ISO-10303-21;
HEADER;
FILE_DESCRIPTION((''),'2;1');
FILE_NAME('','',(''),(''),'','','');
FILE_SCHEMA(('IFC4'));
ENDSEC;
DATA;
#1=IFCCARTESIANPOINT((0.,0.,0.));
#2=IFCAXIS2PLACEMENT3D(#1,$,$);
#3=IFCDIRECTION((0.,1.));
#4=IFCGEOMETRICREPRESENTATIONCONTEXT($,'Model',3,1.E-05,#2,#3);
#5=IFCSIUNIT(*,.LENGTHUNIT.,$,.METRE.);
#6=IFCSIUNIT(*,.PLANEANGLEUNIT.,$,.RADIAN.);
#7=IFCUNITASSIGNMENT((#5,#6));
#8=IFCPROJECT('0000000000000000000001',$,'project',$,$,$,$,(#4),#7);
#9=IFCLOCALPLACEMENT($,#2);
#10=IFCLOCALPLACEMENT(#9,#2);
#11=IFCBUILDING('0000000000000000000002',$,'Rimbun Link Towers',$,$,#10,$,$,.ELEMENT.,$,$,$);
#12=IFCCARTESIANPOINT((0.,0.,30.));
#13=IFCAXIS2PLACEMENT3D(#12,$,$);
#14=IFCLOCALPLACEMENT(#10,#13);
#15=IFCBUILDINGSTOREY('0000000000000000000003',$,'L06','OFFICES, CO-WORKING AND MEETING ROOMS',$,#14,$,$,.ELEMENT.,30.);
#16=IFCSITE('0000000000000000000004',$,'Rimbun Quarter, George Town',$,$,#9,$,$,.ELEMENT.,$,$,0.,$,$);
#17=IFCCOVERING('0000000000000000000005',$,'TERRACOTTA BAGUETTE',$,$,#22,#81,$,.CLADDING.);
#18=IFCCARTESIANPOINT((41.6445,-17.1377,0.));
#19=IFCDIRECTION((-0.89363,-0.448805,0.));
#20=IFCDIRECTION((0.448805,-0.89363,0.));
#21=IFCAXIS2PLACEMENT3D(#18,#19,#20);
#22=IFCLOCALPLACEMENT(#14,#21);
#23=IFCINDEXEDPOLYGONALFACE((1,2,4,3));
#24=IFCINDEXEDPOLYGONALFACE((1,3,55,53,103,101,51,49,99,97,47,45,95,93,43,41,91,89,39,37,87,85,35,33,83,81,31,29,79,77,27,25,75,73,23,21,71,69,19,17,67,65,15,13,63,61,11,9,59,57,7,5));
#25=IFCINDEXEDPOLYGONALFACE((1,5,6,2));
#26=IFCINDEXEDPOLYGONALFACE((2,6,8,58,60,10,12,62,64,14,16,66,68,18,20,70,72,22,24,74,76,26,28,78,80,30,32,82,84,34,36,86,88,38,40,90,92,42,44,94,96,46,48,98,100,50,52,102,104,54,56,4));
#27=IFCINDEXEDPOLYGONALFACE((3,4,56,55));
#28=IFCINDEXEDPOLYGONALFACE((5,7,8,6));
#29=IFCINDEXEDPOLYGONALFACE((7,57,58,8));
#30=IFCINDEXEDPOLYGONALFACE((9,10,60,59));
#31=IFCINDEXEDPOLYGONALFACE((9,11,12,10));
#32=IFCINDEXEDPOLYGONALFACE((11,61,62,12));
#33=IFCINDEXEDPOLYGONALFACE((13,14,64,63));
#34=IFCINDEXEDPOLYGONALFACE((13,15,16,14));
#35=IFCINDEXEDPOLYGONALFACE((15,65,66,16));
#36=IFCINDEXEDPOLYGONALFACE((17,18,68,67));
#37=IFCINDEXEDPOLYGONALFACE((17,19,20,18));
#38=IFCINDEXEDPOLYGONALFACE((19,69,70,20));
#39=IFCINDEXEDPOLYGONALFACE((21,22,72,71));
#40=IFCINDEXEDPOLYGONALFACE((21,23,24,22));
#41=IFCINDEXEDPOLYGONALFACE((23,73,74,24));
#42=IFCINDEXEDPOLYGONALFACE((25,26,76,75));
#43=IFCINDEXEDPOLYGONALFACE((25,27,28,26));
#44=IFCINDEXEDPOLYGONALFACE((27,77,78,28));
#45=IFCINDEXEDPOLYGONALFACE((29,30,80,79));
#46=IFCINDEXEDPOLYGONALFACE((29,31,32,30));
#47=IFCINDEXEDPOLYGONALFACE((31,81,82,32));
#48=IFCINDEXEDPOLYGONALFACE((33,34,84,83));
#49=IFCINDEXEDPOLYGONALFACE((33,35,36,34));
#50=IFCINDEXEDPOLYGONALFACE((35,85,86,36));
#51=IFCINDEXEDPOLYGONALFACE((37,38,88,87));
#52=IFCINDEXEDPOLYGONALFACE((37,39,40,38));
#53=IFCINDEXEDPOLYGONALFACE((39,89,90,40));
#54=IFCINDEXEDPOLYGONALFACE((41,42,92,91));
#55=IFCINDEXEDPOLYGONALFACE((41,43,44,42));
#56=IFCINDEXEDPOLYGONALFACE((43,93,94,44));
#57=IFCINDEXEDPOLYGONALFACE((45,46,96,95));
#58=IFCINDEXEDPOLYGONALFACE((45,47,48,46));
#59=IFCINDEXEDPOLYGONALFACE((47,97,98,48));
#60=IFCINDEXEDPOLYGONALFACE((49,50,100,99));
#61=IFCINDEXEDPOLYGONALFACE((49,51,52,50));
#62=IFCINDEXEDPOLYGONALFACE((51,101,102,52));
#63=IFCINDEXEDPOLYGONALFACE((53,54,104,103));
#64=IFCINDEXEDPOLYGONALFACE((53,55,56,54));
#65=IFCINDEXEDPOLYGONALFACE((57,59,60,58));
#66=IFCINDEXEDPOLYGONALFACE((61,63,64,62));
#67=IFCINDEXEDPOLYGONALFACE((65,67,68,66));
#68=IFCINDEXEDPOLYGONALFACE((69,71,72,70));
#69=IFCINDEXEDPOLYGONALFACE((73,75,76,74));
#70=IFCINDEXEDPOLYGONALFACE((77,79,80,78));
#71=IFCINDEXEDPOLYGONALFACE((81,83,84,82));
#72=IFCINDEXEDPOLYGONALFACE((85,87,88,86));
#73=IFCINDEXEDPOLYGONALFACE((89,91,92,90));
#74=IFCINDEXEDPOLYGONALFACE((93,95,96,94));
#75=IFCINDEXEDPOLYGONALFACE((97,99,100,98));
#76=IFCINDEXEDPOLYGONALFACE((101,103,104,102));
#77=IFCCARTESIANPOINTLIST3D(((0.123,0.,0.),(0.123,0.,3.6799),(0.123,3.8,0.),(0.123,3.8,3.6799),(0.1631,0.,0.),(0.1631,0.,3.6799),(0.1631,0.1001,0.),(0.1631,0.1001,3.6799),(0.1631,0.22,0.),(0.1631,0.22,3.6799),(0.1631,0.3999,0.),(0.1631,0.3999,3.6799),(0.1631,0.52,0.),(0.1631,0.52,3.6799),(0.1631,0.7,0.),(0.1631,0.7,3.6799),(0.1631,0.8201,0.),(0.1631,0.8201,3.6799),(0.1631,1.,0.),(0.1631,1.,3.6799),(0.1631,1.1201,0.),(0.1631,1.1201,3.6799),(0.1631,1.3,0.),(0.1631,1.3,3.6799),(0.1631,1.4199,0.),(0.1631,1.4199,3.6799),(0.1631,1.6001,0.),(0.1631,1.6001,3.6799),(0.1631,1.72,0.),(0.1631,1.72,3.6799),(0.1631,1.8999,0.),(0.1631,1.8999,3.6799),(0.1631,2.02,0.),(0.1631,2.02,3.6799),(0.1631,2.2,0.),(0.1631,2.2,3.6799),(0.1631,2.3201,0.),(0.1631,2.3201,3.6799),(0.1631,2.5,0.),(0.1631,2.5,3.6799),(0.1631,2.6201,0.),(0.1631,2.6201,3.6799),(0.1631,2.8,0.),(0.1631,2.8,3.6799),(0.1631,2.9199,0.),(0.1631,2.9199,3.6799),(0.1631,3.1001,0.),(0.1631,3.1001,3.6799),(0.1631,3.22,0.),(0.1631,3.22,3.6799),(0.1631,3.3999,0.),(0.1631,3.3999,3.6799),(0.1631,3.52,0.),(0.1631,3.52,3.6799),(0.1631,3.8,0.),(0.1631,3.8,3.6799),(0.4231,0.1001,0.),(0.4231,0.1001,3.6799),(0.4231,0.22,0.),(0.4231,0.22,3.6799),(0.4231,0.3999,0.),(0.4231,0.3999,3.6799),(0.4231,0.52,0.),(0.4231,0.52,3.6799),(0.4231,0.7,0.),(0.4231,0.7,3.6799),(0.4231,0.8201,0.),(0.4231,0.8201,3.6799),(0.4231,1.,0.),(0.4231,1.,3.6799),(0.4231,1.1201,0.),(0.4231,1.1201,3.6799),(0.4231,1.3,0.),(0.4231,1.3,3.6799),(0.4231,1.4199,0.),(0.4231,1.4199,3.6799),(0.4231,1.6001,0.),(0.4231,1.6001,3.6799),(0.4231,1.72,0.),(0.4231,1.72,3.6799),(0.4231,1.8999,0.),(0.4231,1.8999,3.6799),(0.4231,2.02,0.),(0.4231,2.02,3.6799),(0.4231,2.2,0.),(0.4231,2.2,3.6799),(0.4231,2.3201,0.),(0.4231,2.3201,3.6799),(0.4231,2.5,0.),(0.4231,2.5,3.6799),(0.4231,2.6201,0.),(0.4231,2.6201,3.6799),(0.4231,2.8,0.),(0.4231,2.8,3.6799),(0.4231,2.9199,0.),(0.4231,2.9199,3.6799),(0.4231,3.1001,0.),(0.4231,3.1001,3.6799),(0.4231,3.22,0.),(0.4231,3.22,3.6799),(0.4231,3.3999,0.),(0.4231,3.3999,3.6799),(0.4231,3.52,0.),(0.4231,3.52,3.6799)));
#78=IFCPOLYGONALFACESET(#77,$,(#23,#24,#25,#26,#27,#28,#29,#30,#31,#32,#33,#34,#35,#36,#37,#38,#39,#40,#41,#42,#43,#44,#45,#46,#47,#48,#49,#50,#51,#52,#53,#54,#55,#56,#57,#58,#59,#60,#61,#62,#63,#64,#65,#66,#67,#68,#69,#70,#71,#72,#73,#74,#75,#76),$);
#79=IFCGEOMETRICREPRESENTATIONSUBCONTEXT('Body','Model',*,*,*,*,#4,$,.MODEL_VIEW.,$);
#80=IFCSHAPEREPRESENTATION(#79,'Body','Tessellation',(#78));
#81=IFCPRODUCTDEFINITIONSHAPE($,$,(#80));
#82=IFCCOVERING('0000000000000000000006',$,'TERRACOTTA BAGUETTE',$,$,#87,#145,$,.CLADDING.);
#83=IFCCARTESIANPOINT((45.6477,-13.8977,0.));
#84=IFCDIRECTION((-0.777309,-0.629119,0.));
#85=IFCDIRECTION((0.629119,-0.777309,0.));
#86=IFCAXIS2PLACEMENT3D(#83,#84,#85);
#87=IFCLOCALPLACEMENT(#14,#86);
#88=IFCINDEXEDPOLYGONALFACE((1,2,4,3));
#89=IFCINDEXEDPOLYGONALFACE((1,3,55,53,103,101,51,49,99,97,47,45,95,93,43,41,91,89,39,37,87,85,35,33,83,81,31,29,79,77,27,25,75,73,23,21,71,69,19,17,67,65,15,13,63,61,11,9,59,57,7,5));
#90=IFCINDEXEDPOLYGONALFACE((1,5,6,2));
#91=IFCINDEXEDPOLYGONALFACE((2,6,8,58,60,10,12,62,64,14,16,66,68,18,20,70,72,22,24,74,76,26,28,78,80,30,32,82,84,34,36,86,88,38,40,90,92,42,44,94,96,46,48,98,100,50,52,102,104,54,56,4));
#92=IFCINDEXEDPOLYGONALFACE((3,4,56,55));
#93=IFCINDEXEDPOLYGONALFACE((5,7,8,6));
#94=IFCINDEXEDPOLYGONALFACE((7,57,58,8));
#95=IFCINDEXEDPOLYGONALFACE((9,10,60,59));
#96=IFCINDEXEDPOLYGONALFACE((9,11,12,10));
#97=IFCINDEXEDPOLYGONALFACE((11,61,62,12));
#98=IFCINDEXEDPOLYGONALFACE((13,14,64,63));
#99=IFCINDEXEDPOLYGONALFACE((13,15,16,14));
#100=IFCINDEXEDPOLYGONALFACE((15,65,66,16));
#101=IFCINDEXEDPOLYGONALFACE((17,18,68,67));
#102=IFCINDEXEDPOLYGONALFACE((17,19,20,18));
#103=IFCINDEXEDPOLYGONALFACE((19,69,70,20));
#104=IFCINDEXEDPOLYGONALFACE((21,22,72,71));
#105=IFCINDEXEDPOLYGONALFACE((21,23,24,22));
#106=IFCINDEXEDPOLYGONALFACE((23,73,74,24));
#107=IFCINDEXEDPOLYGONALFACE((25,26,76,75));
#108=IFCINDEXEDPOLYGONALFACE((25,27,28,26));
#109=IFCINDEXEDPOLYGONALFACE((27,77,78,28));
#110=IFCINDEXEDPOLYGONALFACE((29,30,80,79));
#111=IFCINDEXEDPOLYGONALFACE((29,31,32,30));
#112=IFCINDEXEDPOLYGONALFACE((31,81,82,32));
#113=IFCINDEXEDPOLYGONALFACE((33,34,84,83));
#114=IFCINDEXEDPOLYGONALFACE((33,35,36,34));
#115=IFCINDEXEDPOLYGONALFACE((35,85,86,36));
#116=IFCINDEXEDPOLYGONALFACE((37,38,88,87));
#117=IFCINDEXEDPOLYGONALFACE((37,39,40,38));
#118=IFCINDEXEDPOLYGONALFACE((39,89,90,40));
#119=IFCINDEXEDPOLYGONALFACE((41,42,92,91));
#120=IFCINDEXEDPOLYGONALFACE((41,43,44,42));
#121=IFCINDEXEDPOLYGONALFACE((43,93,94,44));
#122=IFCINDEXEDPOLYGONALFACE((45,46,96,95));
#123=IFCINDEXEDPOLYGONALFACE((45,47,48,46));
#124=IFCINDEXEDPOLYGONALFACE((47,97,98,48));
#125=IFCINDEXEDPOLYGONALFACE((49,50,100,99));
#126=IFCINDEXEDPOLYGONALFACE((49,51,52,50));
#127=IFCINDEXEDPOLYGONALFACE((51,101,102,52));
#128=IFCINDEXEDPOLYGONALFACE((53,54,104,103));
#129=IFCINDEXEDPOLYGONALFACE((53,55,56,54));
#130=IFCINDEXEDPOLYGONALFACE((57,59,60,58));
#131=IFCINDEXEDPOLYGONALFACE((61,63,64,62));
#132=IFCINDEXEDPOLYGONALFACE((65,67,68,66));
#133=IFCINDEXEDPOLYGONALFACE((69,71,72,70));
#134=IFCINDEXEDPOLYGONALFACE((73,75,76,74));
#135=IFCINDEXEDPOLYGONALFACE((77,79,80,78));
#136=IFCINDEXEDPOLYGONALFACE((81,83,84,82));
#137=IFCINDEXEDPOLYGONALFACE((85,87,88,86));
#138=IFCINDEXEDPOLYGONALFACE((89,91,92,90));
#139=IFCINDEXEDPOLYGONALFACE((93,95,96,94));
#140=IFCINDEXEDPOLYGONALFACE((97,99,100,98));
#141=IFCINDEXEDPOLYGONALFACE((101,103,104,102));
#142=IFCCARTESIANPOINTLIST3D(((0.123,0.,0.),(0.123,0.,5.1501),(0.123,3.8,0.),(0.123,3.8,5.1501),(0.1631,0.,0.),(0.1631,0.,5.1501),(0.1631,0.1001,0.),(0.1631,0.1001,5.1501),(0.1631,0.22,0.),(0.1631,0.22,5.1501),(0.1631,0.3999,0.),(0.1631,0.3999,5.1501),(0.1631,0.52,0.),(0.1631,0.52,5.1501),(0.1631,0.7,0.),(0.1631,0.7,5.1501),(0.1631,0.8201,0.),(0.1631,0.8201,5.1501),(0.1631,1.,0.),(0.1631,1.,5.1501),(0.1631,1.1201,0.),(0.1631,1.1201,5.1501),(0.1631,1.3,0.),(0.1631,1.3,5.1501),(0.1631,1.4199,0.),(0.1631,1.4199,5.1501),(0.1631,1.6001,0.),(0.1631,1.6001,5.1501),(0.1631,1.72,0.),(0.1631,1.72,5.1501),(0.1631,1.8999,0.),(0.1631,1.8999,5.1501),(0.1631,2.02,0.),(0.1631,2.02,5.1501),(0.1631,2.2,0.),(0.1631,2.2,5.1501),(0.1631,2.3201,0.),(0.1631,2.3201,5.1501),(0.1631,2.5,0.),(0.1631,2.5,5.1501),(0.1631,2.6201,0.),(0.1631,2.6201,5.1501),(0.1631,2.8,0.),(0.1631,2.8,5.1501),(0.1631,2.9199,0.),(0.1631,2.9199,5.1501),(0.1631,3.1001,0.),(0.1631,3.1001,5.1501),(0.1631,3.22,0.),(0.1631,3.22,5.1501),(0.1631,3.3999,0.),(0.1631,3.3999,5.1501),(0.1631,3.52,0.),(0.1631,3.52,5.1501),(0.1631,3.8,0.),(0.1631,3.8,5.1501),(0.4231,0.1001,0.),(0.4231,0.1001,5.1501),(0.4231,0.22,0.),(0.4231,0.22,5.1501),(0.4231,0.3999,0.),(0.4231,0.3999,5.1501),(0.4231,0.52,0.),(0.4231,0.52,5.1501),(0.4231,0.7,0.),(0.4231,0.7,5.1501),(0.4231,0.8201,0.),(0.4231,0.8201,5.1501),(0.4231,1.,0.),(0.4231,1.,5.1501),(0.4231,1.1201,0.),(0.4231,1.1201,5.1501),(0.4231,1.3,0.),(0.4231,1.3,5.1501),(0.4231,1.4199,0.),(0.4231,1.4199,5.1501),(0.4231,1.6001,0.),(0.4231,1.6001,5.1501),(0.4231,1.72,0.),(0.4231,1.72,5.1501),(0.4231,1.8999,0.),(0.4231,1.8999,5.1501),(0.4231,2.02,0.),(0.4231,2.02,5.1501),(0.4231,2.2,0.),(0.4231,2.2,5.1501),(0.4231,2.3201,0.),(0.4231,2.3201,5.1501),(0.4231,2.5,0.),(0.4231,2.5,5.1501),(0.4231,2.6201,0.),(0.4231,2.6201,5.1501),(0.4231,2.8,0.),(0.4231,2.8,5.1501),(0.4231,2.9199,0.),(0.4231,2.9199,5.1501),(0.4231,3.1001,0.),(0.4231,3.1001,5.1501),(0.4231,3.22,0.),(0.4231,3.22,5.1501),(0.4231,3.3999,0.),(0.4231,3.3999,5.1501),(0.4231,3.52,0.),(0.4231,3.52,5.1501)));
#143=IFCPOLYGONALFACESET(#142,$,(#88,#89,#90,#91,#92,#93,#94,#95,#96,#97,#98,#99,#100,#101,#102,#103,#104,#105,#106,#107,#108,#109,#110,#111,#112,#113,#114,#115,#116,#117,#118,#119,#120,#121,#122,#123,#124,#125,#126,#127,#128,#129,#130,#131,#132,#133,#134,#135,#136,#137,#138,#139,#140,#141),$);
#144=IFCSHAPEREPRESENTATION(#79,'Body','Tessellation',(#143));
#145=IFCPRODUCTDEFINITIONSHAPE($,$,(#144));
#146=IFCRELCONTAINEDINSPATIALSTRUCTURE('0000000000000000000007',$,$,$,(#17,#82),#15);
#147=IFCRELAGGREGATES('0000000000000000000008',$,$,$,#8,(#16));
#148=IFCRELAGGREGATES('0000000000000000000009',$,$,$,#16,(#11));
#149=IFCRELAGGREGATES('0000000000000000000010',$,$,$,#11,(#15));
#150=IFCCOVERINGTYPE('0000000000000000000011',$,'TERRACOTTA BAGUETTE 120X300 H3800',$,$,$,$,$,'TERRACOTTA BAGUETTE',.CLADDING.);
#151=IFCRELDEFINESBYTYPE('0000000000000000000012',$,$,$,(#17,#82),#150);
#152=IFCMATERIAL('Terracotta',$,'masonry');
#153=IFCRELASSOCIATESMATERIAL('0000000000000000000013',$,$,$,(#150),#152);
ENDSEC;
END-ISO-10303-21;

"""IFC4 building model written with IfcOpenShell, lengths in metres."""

from ifc_helpers import new_model, si_unit, direction, frame, origin, place, context, subcontext, project, spatial, polyline, outline, extrude, material, material_profile, profile_set, type_object, element, save


model = new_model("IFC4")

# Units and contexts
model_context = context("Model", 3, precision=1e-05, world=origin(), true_north=direction((0.0, 1.0)))
body_context = subcontext(model_context, "Body", "Model", "MODEL_VIEW")
ifc_project = project(units=[si_unit("LENGTHUNIT", "METRE"), si_unit("PLANEANGLEUNIT", "RADIAN")], contexts=[model_context])

# Site, building, storey
site_placement = place(None, origin())
site = spatial("IfcSite", under=ifc_project, at=site_placement, Name="Rimbun Quarter, George Town", CompositionType="ELEMENT", RefElevation=0.0)
building_placement = place(site_placement, origin())
building = spatial("IfcBuilding", under=site, at=building_placement, Name="Rimbun Link Towers", CompositionType="ELEMENT")
storey_placement = place(building_placement, frame((0.0, 0.0, 30.0)))
storey = spatial("IfcBuildingStorey", under=building, at=storey_placement, Name="L06", Description="OFFICES, CO-WORKING AND MEETING ROOMS", CompositionType="ELEMENT", Elevation=30.0)

# Coverings
ifc_material_1 = material(Name="Terracotta", Category="masonry")
ifc_material_profile_1 = material_profile(ifc_material_1, outline(polyline([(0.123, 0.0), (0.1631, 0.0), (0.1631, 0.1001), (0.4231, 0.1001), (0.4231, 0.22), (0.1631, 0.22), (0.1631, 0.3999), (0.4231, 0.3999), (0.4231, 0.52), (0.1631, 0.52), (0.1631, 0.7), (0.4231, 0.7), (0.4231, 0.8201), (0.1631, 0.8201), (0.1631, 1.0), (0.4231, 1.0), (0.4231, 1.1201), (0.1631, 1.1201), (0.1631, 1.3), (0.4231, 1.3), (0.4231, 1.4199), (0.1631, 1.4199), (0.1631, 1.6001), (0.4231, 1.6001), (0.4231, 1.72), (0.1631, 1.72), (0.1631, 1.8999), (0.4231, 1.8999), (0.4231, 2.02), (0.1631, 2.02), (0.1631, 2.2), (0.4231, 2.2), (0.4231, 2.3201), (0.1631, 2.3201), (0.1631, 2.5), (0.4231, 2.5), (0.4231, 2.6201), (0.1631, 2.6201), (0.1631, 2.8), (0.4231, 2.8), (0.4231, 2.9199), (0.1631, 2.9199), (0.1631, 3.1001), (0.4231, 3.1001), (0.4231, 3.22), (0.1631, 3.22), (0.1631, 3.3999), (0.4231, 3.3999), (0.4231, 3.52), (0.1631, 3.52), (0.1631, 3.8), (0.123, 3.8), (0.123, 0.0)])), Name="BAGUETTE 120X300")
ifc_profile_set_1 = profile_set([ifc_material_profile_1], Name="Terracotta")
covering_type = type_object("IfcCoveringType", Name="TERRACOTTA BAGUETTE 120X300 H3800", ElementType="TERRACOTTA BAGUETTE", PredefinedType="CLADDING", material=ifc_profile_set_1)
covering_1_placement = place(storey_placement, frame((41.6445, -17.1377, 0.0), z_axis=(-0.89363, -0.448805, 0.0), x_axis=(0.448805, -0.89363, 0.0)))
element("IfcCovering", 1, at=covering_1_placement, inside=storey, type_object=covering_type, Name="TERRACOTTA BAGUETTE", PredefinedType="CLADDING", context=body_context, shape_type="SweptSolid", body=[
    extrude(outline(polyline([(0.123, 0.0), (0.1631, 0.0), (0.1631, 0.1001), (0.4231, 0.1001), (0.4231, 0.22), (0.1631, 0.22), (0.1631, 0.3999), (0.4231, 0.3999), (0.4231, 0.52), (0.1631, 0.52), (0.1631, 0.7), (0.4231, 0.7), (0.4231, 0.8201), (0.1631, 0.8201), (0.1631, 1.0), (0.4231, 1.0), (0.4231, 1.1201), (0.1631, 1.1201), (0.1631, 1.3), (0.4231, 1.3), (0.4231, 1.4199), (0.1631, 1.4199), (0.1631, 1.6001), (0.4231, 1.6001), (0.4231, 1.72), (0.1631, 1.72), (0.1631, 1.8999), (0.4231, 1.8999), (0.4231, 2.02), (0.1631, 2.02), (0.1631, 2.2), (0.4231, 2.2), (0.4231, 2.3201), (0.1631, 2.3201), (0.1631, 2.5), (0.4231, 2.5), (0.4231, 2.6201), (0.1631, 2.6201), (0.1631, 2.8), (0.4231, 2.8), (0.4231, 2.9199), (0.1631, 2.9199), (0.1631, 3.1001), (0.4231, 3.1001), (0.4231, 3.22), (0.1631, 3.22), (0.1631, 3.3999), (0.4231, 3.3999), (0.4231, 3.52), (0.1631, 3.52), (0.1631, 3.8), (0.123, 3.8), (0.123, 0.0)])), origin(), (0.0, 0.0, 1.0), 3.6799),
])
covering_2_placement = place(storey_placement, frame((45.6477, -13.8977, 0.0), z_axis=(-0.777309, -0.629119, 0.0), x_axis=(0.629119, -0.777309, 0.0)))
element("IfcCovering", 2, at=covering_2_placement, inside=storey, type_object=covering_type, Name="TERRACOTTA BAGUETTE", PredefinedType="CLADDING", context=body_context, shape_type="SweptSolid", body=[
    extrude(outline(polyline([(0.123, 0.0), (0.1631, 0.0), (0.1631, 0.1001), (0.4231, 0.1001), (0.4231, 0.22), (0.1631, 0.22), (0.1631, 0.3999), (0.4231, 0.3999), (0.4231, 0.52), (0.1631, 0.52), (0.1631, 0.7), (0.4231, 0.7), (0.4231, 0.8201), (0.1631, 0.8201), (0.1631, 1.0), (0.4231, 1.0), (0.4231, 1.1201), (0.1631, 1.1201), (0.1631, 1.3), (0.4231, 1.3), (0.4231, 1.4199), (0.1631, 1.4199), (0.1631, 1.6001), (0.4231, 1.6001), (0.4231, 1.72), (0.1631, 1.72), (0.1631, 1.8999), (0.4231, 1.8999), (0.4231, 2.02), (0.1631, 2.02), (0.1631, 2.2), (0.4231, 2.2), (0.4231, 2.3201), (0.1631, 2.3201), (0.1631, 2.5), (0.4231, 2.5), (0.4231, 2.6201), (0.1631, 2.6201), (0.1631, 2.8), (0.4231, 2.8), (0.4231, 2.9199), (0.1631, 2.9199), (0.1631, 3.1001), (0.4231, 3.1001), (0.4231, 3.22), (0.1631, 3.22), (0.1631, 3.3999), (0.4231, 3.3999), (0.4231, 3.52), (0.1631, 3.52), (0.1631, 3.8), (0.123, 3.8), (0.123, 0.0)])), origin(), (0.0, 0.0, 1.0), 5.1501),
])

save(model, "model.ifc")
